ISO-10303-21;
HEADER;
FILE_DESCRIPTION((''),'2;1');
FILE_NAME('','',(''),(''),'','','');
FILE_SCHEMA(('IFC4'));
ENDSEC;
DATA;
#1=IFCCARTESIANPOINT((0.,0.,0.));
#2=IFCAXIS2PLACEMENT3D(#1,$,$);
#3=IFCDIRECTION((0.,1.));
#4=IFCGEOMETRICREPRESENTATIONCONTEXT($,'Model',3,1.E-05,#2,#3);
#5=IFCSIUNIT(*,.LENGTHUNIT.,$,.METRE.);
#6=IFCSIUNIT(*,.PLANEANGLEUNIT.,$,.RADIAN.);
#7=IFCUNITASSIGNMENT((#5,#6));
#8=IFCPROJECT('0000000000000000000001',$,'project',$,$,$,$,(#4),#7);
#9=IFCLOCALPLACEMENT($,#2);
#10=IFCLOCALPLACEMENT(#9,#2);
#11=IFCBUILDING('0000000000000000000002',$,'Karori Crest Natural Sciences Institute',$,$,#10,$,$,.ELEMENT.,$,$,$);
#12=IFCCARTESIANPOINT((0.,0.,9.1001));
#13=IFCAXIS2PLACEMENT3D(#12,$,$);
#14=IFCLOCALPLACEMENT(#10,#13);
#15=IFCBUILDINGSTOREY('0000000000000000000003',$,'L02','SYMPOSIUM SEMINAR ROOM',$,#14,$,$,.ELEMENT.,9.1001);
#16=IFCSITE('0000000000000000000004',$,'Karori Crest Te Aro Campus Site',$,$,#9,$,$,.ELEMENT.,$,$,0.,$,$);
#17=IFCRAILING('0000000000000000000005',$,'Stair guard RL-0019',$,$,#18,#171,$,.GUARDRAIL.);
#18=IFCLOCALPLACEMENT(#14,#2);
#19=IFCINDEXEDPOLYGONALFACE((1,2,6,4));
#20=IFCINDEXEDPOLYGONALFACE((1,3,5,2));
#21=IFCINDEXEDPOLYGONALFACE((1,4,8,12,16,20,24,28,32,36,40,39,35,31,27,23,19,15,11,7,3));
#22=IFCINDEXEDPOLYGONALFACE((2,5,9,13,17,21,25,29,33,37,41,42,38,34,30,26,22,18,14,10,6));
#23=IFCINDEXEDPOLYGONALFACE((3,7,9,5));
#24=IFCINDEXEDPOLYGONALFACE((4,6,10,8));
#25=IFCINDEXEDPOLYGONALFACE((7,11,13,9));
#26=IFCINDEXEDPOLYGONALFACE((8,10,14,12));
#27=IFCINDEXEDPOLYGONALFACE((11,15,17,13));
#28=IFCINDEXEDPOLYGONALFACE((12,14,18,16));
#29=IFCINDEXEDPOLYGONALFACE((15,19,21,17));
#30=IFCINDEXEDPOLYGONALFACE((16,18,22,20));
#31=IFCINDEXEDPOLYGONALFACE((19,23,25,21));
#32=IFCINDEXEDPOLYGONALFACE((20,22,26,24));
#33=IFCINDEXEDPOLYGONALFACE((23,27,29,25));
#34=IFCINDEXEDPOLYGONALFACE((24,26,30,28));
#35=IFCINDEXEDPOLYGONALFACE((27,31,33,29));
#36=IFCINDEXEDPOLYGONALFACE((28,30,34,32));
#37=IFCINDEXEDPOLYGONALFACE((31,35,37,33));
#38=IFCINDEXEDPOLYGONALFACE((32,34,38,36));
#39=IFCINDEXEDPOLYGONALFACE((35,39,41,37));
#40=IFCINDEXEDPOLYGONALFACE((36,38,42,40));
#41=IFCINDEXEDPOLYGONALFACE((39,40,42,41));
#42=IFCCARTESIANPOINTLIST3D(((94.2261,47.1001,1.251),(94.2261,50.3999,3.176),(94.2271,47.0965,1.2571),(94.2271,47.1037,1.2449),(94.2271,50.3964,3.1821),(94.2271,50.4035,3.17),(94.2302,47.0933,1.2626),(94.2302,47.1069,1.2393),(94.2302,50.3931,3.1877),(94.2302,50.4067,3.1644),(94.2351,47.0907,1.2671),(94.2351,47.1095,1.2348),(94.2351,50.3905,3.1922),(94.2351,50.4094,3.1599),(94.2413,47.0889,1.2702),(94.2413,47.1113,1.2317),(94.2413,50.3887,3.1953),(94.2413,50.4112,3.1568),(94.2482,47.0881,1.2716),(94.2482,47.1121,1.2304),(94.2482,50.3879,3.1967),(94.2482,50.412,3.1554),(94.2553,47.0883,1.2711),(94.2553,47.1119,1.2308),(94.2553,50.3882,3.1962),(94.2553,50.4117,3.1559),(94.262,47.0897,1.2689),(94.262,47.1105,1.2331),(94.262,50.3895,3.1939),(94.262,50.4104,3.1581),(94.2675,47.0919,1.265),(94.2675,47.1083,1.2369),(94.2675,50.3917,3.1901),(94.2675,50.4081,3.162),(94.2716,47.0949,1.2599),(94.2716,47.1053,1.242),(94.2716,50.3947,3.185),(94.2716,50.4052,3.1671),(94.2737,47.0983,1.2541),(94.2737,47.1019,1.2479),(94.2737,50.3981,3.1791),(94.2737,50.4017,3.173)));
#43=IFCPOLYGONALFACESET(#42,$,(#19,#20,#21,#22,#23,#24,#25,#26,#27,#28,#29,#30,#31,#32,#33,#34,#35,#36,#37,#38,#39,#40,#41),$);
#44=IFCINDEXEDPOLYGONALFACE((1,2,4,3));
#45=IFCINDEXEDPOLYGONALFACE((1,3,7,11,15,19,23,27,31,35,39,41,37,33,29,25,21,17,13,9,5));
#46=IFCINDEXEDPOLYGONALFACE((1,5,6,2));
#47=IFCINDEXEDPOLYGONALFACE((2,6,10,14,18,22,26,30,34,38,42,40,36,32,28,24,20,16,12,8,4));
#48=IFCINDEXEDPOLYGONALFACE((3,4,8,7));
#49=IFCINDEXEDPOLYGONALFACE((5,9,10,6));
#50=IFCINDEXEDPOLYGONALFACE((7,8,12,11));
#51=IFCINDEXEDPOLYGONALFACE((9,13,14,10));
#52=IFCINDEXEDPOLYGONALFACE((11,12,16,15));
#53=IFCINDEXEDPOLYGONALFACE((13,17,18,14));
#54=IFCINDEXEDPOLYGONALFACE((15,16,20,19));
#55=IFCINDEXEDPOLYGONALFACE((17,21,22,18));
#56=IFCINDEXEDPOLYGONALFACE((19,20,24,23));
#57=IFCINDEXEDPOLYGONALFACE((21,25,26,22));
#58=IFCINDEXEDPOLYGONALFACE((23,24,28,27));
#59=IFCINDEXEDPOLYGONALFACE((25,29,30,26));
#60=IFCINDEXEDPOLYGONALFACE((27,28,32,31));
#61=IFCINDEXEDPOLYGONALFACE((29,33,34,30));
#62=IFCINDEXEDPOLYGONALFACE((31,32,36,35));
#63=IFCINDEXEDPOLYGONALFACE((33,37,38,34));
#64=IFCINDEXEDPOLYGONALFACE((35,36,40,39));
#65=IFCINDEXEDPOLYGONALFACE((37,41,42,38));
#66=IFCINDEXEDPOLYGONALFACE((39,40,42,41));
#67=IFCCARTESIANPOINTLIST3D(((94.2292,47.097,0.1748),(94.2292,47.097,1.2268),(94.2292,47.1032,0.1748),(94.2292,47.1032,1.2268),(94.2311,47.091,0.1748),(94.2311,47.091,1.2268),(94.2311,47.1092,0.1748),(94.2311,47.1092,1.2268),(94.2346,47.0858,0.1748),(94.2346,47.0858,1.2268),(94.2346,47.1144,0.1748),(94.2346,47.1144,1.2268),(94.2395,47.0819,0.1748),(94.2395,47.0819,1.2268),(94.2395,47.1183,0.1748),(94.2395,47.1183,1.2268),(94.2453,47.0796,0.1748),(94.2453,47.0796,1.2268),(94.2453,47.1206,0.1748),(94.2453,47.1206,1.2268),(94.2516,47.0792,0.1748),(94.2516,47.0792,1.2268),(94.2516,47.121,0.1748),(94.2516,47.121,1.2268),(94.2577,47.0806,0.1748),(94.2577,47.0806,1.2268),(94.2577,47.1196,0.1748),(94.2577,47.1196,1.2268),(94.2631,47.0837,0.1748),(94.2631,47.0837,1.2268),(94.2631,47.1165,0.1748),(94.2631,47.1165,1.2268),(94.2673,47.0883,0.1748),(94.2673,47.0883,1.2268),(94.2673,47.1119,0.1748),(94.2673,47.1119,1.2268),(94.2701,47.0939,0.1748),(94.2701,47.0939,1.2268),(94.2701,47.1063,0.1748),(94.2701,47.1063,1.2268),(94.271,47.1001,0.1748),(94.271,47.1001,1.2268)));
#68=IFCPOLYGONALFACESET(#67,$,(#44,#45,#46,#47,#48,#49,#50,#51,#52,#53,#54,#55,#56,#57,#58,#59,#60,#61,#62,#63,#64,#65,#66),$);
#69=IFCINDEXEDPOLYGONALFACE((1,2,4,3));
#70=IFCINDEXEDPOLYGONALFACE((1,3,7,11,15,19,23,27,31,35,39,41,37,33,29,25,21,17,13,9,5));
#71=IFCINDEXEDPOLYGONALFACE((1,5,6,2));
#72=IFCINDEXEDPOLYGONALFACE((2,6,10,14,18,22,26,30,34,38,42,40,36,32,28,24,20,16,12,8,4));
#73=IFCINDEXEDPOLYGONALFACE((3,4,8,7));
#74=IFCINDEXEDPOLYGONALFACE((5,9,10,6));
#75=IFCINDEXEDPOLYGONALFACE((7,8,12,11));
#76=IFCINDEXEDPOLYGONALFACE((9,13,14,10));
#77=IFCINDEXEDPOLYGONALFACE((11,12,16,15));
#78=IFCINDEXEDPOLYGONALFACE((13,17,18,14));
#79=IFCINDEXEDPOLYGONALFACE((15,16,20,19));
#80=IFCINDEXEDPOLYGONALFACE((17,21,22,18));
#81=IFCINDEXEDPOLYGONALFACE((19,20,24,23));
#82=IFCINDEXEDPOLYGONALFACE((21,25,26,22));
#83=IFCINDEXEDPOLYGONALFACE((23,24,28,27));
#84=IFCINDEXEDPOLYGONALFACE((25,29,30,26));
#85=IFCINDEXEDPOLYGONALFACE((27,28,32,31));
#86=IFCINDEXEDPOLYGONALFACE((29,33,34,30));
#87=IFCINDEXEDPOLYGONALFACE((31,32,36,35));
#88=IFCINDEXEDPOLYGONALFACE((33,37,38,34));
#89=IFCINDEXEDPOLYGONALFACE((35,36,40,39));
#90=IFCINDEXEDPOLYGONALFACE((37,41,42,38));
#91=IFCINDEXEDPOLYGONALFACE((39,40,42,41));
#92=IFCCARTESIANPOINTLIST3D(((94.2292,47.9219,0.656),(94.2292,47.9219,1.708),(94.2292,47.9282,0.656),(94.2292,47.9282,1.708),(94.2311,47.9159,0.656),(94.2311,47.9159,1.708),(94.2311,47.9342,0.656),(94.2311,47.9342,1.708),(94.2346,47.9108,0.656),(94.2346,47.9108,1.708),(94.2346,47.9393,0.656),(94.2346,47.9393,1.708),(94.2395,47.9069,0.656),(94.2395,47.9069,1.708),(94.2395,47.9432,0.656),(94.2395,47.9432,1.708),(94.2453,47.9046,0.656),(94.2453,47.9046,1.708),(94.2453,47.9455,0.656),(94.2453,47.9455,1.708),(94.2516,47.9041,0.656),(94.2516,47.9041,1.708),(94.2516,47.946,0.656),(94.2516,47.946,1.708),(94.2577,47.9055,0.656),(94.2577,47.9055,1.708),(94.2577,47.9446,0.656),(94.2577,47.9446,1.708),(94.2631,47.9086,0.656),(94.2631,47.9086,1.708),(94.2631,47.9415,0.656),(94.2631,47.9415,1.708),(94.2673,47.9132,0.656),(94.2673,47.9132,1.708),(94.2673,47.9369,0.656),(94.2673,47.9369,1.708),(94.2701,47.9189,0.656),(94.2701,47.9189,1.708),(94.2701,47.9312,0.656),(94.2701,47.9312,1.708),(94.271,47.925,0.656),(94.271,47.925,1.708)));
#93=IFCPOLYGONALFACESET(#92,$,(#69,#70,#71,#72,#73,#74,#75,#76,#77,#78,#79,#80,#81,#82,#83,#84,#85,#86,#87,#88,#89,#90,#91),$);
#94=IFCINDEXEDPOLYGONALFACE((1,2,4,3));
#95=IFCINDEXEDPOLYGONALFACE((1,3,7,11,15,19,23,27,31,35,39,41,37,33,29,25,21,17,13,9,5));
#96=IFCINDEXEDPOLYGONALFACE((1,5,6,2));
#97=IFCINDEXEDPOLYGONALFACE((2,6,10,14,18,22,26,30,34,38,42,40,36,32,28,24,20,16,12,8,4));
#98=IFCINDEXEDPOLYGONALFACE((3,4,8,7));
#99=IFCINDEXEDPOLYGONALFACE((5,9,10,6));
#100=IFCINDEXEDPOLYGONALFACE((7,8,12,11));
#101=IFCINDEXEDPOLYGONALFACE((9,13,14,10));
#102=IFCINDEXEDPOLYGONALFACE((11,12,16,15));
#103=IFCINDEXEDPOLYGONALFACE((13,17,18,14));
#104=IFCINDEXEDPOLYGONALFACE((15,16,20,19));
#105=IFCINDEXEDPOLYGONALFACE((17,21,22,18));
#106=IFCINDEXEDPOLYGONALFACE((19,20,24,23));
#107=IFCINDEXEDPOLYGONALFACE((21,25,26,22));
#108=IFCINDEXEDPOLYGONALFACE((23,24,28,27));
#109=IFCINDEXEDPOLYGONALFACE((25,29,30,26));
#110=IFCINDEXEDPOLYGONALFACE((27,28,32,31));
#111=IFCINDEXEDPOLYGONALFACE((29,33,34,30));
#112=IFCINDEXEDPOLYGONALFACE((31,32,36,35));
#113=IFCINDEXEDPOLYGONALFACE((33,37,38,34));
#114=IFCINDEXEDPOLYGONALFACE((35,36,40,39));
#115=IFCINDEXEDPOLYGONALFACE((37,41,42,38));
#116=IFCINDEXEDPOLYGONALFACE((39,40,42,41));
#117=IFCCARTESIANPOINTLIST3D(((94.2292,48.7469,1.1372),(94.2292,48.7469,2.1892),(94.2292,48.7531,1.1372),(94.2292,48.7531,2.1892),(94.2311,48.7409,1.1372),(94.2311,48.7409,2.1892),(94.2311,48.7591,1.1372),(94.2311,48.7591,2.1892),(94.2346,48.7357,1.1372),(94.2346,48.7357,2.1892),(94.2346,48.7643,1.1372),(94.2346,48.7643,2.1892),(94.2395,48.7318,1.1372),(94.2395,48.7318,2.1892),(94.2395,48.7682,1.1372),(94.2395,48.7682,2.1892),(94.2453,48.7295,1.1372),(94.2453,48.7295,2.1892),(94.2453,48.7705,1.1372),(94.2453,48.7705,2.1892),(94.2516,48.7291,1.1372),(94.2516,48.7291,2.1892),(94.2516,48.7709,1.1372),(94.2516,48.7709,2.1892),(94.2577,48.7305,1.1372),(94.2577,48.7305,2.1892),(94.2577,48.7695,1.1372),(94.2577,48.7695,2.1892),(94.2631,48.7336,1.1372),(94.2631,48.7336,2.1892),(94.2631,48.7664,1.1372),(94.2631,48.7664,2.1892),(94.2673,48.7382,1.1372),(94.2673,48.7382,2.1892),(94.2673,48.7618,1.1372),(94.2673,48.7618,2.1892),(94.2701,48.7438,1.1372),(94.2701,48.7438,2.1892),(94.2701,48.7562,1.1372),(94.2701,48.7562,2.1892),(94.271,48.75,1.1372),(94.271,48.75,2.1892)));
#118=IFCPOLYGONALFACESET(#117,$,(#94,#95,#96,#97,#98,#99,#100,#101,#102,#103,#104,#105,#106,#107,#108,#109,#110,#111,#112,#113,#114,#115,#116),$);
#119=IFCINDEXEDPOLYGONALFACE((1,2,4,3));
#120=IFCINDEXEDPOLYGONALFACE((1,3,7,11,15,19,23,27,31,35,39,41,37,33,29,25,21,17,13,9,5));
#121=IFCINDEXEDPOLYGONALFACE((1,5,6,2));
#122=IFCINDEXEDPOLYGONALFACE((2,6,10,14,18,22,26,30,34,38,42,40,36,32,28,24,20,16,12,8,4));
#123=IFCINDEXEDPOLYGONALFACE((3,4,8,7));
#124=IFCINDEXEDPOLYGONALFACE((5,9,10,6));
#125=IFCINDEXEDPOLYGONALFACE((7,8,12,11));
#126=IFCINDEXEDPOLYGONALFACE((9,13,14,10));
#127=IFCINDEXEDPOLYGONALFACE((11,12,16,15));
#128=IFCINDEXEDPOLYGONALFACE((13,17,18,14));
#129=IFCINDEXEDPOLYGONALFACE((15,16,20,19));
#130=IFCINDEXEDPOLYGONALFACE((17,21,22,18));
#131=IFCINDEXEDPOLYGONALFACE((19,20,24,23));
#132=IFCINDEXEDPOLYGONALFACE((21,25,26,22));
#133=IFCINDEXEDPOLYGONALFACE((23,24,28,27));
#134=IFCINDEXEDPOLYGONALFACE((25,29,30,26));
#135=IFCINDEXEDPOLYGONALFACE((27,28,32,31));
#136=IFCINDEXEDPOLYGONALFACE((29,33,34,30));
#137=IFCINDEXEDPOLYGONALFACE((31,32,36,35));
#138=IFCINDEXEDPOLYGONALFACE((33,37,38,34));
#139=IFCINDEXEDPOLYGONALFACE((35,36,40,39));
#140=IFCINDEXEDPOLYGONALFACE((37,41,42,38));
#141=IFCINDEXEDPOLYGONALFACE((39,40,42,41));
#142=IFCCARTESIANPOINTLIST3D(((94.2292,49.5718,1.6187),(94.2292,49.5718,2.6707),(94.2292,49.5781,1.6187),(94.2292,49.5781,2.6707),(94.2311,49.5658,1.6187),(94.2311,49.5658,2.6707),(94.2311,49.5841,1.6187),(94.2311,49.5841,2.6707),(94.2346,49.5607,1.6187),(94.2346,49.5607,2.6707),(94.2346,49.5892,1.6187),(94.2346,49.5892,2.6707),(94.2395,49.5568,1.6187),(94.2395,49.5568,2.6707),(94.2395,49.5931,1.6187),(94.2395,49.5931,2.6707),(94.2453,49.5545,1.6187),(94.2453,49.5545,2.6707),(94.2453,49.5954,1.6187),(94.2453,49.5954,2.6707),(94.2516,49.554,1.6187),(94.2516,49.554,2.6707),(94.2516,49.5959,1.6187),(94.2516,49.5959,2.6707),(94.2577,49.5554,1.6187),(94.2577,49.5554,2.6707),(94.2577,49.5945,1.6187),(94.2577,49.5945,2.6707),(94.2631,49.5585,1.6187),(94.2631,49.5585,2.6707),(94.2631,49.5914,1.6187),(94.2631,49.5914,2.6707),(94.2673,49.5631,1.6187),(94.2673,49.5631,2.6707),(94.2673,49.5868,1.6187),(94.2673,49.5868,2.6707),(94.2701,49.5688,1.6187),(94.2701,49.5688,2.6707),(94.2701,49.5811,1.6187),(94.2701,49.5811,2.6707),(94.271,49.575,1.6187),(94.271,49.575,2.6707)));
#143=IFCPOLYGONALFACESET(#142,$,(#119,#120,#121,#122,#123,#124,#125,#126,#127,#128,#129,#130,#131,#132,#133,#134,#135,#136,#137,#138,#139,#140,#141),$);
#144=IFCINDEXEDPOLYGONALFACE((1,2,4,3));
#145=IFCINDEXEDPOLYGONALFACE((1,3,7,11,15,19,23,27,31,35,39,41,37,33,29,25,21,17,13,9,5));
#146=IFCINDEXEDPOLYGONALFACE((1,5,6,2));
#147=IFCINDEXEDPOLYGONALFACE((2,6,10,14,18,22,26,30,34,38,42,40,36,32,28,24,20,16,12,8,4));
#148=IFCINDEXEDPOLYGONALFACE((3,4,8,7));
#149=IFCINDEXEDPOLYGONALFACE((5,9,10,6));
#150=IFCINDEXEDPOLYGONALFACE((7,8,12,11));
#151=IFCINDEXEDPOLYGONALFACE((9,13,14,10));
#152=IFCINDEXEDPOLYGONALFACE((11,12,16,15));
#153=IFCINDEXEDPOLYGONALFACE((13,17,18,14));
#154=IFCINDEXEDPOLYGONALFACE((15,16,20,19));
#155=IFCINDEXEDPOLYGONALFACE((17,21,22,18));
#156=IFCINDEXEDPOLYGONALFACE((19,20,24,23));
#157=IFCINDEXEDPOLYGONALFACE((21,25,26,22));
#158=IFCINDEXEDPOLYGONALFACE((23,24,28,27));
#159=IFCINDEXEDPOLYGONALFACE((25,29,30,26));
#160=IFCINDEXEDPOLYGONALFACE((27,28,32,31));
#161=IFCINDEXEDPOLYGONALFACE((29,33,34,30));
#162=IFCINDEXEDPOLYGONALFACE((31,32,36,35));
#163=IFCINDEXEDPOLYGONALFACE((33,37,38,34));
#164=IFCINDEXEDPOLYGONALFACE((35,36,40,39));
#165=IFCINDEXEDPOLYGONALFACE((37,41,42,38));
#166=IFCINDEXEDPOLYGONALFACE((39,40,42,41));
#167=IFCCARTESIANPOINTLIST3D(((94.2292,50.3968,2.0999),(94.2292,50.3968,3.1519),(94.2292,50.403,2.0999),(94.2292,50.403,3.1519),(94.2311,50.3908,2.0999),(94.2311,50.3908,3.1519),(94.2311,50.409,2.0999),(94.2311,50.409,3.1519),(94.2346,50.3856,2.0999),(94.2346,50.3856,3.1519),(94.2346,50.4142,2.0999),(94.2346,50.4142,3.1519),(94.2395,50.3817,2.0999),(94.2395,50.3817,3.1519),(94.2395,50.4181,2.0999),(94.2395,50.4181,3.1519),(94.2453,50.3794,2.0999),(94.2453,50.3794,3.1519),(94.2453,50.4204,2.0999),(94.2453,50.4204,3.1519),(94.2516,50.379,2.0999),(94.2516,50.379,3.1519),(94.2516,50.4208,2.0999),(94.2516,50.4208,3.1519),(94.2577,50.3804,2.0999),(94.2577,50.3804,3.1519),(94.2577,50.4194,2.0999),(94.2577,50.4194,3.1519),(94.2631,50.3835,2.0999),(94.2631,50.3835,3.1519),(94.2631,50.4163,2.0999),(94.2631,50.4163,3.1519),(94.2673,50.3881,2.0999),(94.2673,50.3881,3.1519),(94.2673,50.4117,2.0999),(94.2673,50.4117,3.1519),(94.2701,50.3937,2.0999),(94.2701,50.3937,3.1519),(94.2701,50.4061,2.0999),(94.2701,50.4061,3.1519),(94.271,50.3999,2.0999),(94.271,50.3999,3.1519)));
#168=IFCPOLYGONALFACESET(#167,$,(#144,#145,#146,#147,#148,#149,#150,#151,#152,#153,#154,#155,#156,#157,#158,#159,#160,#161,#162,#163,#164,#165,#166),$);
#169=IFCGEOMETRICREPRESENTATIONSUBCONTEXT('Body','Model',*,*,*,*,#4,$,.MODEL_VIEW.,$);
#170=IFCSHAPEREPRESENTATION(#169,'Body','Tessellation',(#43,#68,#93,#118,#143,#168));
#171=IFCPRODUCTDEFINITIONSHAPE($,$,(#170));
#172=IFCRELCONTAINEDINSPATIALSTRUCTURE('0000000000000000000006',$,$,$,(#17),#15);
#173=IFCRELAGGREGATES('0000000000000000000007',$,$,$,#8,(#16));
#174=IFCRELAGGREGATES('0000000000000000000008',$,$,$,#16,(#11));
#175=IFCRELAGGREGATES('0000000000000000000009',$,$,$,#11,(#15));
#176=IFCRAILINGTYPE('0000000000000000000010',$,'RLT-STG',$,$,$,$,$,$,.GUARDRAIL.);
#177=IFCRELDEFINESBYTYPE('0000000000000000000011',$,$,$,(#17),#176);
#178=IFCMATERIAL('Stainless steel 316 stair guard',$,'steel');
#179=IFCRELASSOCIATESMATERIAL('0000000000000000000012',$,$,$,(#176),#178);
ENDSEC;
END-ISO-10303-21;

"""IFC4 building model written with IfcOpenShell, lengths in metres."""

from ifc_helpers import new_model, si_unit, direction, frame, origin, origin_2d, place, context, subcontext, project, spatial, circle, extrude, material, type_object, element, save


model = new_model("IFC4")

# Units and contexts
model_context = context("Model", 3, precision=1e-05, world=origin(), true_north=direction((0.0, 1.0)))
body_context = subcontext(model_context, "Body", "Model", "MODEL_VIEW")
ifc_project = project(units=[si_unit("LENGTHUNIT", "METRE"), si_unit("PLANEANGLEUNIT", "RADIAN")], contexts=[model_context])

# Site, building, storey
site_placement = place(None, origin())
site = spatial("IfcSite", under=ifc_project, at=site_placement, Name="Karori Crest Te Aro Campus Site", CompositionType="ELEMENT", RefElevation=0.0)
building_placement = place(site_placement, origin())
building = spatial("IfcBuilding", under=site, at=building_placement, Name="Karori Crest Natural Sciences Institute", CompositionType="ELEMENT")
storey_placement = place(building_placement, frame((0.0, 0.0, 9.1001)))
storey = spatial("IfcBuildingStorey", under=building, at=storey_placement, Name="L02", Description="SYMPOSIUM SEMINAR ROOM", CompositionType="ELEMENT", Elevation=9.1001)

# Railing
ifc_material_1 = material(Name="Stainless steel 316 stair guard", Category="steel")
railing_type_1 = type_object("IfcRailingType", Name="RLT-STG", PredefinedType="GUARDRAIL", material=ifc_material_1)
railing_1_placement = place(storey_placement, frame((94.25, 47.1001, 0.1748)))
element("IfcRailing", 1, at=railing_1_placement, inside=storey, type_object=railing_type_1, Name="Stair guard RL-0019", PredefinedType="GUARDRAIL", context=body_context, shape_type="SweptSolid", body=[
    extrude(circle(Radius=0.0239, at=origin_2d()), frame((0.0, 0.0, 1.0762), z_axis=(0.0, 0.86376, 0.503903), x_axis=(-1.0, 0.0, 0.0)), (0.0, 0.0, 1.0), 3.8203),
    extrude(circle(Radius=0.021, at=origin_2d()), origin(), (0.0, 0.0, 1.0), 1.052),
    extrude(circle(Radius=0.021, at=origin_2d()), frame((0.0, 0.825, 0.4812)), (0.0, 0.0, 1.0), 1.052),
    extrude(circle(Radius=0.021, at=origin_2d()), frame((0.0, 1.6499, 0.9624)), (0.0, 0.0, 1.0), 1.052),
    extrude(circle(Radius=0.021, at=origin_2d()), frame((0.0, 2.4749, 1.4438)), (0.0, 0.0, 1.0), 1.052),
    extrude(circle(Radius=0.021, at=origin_2d()), frame((0.0, 3.2998, 1.925)), (0.0, 0.0, 1.0), 1.052),
])

save(model, "model.ifc")
